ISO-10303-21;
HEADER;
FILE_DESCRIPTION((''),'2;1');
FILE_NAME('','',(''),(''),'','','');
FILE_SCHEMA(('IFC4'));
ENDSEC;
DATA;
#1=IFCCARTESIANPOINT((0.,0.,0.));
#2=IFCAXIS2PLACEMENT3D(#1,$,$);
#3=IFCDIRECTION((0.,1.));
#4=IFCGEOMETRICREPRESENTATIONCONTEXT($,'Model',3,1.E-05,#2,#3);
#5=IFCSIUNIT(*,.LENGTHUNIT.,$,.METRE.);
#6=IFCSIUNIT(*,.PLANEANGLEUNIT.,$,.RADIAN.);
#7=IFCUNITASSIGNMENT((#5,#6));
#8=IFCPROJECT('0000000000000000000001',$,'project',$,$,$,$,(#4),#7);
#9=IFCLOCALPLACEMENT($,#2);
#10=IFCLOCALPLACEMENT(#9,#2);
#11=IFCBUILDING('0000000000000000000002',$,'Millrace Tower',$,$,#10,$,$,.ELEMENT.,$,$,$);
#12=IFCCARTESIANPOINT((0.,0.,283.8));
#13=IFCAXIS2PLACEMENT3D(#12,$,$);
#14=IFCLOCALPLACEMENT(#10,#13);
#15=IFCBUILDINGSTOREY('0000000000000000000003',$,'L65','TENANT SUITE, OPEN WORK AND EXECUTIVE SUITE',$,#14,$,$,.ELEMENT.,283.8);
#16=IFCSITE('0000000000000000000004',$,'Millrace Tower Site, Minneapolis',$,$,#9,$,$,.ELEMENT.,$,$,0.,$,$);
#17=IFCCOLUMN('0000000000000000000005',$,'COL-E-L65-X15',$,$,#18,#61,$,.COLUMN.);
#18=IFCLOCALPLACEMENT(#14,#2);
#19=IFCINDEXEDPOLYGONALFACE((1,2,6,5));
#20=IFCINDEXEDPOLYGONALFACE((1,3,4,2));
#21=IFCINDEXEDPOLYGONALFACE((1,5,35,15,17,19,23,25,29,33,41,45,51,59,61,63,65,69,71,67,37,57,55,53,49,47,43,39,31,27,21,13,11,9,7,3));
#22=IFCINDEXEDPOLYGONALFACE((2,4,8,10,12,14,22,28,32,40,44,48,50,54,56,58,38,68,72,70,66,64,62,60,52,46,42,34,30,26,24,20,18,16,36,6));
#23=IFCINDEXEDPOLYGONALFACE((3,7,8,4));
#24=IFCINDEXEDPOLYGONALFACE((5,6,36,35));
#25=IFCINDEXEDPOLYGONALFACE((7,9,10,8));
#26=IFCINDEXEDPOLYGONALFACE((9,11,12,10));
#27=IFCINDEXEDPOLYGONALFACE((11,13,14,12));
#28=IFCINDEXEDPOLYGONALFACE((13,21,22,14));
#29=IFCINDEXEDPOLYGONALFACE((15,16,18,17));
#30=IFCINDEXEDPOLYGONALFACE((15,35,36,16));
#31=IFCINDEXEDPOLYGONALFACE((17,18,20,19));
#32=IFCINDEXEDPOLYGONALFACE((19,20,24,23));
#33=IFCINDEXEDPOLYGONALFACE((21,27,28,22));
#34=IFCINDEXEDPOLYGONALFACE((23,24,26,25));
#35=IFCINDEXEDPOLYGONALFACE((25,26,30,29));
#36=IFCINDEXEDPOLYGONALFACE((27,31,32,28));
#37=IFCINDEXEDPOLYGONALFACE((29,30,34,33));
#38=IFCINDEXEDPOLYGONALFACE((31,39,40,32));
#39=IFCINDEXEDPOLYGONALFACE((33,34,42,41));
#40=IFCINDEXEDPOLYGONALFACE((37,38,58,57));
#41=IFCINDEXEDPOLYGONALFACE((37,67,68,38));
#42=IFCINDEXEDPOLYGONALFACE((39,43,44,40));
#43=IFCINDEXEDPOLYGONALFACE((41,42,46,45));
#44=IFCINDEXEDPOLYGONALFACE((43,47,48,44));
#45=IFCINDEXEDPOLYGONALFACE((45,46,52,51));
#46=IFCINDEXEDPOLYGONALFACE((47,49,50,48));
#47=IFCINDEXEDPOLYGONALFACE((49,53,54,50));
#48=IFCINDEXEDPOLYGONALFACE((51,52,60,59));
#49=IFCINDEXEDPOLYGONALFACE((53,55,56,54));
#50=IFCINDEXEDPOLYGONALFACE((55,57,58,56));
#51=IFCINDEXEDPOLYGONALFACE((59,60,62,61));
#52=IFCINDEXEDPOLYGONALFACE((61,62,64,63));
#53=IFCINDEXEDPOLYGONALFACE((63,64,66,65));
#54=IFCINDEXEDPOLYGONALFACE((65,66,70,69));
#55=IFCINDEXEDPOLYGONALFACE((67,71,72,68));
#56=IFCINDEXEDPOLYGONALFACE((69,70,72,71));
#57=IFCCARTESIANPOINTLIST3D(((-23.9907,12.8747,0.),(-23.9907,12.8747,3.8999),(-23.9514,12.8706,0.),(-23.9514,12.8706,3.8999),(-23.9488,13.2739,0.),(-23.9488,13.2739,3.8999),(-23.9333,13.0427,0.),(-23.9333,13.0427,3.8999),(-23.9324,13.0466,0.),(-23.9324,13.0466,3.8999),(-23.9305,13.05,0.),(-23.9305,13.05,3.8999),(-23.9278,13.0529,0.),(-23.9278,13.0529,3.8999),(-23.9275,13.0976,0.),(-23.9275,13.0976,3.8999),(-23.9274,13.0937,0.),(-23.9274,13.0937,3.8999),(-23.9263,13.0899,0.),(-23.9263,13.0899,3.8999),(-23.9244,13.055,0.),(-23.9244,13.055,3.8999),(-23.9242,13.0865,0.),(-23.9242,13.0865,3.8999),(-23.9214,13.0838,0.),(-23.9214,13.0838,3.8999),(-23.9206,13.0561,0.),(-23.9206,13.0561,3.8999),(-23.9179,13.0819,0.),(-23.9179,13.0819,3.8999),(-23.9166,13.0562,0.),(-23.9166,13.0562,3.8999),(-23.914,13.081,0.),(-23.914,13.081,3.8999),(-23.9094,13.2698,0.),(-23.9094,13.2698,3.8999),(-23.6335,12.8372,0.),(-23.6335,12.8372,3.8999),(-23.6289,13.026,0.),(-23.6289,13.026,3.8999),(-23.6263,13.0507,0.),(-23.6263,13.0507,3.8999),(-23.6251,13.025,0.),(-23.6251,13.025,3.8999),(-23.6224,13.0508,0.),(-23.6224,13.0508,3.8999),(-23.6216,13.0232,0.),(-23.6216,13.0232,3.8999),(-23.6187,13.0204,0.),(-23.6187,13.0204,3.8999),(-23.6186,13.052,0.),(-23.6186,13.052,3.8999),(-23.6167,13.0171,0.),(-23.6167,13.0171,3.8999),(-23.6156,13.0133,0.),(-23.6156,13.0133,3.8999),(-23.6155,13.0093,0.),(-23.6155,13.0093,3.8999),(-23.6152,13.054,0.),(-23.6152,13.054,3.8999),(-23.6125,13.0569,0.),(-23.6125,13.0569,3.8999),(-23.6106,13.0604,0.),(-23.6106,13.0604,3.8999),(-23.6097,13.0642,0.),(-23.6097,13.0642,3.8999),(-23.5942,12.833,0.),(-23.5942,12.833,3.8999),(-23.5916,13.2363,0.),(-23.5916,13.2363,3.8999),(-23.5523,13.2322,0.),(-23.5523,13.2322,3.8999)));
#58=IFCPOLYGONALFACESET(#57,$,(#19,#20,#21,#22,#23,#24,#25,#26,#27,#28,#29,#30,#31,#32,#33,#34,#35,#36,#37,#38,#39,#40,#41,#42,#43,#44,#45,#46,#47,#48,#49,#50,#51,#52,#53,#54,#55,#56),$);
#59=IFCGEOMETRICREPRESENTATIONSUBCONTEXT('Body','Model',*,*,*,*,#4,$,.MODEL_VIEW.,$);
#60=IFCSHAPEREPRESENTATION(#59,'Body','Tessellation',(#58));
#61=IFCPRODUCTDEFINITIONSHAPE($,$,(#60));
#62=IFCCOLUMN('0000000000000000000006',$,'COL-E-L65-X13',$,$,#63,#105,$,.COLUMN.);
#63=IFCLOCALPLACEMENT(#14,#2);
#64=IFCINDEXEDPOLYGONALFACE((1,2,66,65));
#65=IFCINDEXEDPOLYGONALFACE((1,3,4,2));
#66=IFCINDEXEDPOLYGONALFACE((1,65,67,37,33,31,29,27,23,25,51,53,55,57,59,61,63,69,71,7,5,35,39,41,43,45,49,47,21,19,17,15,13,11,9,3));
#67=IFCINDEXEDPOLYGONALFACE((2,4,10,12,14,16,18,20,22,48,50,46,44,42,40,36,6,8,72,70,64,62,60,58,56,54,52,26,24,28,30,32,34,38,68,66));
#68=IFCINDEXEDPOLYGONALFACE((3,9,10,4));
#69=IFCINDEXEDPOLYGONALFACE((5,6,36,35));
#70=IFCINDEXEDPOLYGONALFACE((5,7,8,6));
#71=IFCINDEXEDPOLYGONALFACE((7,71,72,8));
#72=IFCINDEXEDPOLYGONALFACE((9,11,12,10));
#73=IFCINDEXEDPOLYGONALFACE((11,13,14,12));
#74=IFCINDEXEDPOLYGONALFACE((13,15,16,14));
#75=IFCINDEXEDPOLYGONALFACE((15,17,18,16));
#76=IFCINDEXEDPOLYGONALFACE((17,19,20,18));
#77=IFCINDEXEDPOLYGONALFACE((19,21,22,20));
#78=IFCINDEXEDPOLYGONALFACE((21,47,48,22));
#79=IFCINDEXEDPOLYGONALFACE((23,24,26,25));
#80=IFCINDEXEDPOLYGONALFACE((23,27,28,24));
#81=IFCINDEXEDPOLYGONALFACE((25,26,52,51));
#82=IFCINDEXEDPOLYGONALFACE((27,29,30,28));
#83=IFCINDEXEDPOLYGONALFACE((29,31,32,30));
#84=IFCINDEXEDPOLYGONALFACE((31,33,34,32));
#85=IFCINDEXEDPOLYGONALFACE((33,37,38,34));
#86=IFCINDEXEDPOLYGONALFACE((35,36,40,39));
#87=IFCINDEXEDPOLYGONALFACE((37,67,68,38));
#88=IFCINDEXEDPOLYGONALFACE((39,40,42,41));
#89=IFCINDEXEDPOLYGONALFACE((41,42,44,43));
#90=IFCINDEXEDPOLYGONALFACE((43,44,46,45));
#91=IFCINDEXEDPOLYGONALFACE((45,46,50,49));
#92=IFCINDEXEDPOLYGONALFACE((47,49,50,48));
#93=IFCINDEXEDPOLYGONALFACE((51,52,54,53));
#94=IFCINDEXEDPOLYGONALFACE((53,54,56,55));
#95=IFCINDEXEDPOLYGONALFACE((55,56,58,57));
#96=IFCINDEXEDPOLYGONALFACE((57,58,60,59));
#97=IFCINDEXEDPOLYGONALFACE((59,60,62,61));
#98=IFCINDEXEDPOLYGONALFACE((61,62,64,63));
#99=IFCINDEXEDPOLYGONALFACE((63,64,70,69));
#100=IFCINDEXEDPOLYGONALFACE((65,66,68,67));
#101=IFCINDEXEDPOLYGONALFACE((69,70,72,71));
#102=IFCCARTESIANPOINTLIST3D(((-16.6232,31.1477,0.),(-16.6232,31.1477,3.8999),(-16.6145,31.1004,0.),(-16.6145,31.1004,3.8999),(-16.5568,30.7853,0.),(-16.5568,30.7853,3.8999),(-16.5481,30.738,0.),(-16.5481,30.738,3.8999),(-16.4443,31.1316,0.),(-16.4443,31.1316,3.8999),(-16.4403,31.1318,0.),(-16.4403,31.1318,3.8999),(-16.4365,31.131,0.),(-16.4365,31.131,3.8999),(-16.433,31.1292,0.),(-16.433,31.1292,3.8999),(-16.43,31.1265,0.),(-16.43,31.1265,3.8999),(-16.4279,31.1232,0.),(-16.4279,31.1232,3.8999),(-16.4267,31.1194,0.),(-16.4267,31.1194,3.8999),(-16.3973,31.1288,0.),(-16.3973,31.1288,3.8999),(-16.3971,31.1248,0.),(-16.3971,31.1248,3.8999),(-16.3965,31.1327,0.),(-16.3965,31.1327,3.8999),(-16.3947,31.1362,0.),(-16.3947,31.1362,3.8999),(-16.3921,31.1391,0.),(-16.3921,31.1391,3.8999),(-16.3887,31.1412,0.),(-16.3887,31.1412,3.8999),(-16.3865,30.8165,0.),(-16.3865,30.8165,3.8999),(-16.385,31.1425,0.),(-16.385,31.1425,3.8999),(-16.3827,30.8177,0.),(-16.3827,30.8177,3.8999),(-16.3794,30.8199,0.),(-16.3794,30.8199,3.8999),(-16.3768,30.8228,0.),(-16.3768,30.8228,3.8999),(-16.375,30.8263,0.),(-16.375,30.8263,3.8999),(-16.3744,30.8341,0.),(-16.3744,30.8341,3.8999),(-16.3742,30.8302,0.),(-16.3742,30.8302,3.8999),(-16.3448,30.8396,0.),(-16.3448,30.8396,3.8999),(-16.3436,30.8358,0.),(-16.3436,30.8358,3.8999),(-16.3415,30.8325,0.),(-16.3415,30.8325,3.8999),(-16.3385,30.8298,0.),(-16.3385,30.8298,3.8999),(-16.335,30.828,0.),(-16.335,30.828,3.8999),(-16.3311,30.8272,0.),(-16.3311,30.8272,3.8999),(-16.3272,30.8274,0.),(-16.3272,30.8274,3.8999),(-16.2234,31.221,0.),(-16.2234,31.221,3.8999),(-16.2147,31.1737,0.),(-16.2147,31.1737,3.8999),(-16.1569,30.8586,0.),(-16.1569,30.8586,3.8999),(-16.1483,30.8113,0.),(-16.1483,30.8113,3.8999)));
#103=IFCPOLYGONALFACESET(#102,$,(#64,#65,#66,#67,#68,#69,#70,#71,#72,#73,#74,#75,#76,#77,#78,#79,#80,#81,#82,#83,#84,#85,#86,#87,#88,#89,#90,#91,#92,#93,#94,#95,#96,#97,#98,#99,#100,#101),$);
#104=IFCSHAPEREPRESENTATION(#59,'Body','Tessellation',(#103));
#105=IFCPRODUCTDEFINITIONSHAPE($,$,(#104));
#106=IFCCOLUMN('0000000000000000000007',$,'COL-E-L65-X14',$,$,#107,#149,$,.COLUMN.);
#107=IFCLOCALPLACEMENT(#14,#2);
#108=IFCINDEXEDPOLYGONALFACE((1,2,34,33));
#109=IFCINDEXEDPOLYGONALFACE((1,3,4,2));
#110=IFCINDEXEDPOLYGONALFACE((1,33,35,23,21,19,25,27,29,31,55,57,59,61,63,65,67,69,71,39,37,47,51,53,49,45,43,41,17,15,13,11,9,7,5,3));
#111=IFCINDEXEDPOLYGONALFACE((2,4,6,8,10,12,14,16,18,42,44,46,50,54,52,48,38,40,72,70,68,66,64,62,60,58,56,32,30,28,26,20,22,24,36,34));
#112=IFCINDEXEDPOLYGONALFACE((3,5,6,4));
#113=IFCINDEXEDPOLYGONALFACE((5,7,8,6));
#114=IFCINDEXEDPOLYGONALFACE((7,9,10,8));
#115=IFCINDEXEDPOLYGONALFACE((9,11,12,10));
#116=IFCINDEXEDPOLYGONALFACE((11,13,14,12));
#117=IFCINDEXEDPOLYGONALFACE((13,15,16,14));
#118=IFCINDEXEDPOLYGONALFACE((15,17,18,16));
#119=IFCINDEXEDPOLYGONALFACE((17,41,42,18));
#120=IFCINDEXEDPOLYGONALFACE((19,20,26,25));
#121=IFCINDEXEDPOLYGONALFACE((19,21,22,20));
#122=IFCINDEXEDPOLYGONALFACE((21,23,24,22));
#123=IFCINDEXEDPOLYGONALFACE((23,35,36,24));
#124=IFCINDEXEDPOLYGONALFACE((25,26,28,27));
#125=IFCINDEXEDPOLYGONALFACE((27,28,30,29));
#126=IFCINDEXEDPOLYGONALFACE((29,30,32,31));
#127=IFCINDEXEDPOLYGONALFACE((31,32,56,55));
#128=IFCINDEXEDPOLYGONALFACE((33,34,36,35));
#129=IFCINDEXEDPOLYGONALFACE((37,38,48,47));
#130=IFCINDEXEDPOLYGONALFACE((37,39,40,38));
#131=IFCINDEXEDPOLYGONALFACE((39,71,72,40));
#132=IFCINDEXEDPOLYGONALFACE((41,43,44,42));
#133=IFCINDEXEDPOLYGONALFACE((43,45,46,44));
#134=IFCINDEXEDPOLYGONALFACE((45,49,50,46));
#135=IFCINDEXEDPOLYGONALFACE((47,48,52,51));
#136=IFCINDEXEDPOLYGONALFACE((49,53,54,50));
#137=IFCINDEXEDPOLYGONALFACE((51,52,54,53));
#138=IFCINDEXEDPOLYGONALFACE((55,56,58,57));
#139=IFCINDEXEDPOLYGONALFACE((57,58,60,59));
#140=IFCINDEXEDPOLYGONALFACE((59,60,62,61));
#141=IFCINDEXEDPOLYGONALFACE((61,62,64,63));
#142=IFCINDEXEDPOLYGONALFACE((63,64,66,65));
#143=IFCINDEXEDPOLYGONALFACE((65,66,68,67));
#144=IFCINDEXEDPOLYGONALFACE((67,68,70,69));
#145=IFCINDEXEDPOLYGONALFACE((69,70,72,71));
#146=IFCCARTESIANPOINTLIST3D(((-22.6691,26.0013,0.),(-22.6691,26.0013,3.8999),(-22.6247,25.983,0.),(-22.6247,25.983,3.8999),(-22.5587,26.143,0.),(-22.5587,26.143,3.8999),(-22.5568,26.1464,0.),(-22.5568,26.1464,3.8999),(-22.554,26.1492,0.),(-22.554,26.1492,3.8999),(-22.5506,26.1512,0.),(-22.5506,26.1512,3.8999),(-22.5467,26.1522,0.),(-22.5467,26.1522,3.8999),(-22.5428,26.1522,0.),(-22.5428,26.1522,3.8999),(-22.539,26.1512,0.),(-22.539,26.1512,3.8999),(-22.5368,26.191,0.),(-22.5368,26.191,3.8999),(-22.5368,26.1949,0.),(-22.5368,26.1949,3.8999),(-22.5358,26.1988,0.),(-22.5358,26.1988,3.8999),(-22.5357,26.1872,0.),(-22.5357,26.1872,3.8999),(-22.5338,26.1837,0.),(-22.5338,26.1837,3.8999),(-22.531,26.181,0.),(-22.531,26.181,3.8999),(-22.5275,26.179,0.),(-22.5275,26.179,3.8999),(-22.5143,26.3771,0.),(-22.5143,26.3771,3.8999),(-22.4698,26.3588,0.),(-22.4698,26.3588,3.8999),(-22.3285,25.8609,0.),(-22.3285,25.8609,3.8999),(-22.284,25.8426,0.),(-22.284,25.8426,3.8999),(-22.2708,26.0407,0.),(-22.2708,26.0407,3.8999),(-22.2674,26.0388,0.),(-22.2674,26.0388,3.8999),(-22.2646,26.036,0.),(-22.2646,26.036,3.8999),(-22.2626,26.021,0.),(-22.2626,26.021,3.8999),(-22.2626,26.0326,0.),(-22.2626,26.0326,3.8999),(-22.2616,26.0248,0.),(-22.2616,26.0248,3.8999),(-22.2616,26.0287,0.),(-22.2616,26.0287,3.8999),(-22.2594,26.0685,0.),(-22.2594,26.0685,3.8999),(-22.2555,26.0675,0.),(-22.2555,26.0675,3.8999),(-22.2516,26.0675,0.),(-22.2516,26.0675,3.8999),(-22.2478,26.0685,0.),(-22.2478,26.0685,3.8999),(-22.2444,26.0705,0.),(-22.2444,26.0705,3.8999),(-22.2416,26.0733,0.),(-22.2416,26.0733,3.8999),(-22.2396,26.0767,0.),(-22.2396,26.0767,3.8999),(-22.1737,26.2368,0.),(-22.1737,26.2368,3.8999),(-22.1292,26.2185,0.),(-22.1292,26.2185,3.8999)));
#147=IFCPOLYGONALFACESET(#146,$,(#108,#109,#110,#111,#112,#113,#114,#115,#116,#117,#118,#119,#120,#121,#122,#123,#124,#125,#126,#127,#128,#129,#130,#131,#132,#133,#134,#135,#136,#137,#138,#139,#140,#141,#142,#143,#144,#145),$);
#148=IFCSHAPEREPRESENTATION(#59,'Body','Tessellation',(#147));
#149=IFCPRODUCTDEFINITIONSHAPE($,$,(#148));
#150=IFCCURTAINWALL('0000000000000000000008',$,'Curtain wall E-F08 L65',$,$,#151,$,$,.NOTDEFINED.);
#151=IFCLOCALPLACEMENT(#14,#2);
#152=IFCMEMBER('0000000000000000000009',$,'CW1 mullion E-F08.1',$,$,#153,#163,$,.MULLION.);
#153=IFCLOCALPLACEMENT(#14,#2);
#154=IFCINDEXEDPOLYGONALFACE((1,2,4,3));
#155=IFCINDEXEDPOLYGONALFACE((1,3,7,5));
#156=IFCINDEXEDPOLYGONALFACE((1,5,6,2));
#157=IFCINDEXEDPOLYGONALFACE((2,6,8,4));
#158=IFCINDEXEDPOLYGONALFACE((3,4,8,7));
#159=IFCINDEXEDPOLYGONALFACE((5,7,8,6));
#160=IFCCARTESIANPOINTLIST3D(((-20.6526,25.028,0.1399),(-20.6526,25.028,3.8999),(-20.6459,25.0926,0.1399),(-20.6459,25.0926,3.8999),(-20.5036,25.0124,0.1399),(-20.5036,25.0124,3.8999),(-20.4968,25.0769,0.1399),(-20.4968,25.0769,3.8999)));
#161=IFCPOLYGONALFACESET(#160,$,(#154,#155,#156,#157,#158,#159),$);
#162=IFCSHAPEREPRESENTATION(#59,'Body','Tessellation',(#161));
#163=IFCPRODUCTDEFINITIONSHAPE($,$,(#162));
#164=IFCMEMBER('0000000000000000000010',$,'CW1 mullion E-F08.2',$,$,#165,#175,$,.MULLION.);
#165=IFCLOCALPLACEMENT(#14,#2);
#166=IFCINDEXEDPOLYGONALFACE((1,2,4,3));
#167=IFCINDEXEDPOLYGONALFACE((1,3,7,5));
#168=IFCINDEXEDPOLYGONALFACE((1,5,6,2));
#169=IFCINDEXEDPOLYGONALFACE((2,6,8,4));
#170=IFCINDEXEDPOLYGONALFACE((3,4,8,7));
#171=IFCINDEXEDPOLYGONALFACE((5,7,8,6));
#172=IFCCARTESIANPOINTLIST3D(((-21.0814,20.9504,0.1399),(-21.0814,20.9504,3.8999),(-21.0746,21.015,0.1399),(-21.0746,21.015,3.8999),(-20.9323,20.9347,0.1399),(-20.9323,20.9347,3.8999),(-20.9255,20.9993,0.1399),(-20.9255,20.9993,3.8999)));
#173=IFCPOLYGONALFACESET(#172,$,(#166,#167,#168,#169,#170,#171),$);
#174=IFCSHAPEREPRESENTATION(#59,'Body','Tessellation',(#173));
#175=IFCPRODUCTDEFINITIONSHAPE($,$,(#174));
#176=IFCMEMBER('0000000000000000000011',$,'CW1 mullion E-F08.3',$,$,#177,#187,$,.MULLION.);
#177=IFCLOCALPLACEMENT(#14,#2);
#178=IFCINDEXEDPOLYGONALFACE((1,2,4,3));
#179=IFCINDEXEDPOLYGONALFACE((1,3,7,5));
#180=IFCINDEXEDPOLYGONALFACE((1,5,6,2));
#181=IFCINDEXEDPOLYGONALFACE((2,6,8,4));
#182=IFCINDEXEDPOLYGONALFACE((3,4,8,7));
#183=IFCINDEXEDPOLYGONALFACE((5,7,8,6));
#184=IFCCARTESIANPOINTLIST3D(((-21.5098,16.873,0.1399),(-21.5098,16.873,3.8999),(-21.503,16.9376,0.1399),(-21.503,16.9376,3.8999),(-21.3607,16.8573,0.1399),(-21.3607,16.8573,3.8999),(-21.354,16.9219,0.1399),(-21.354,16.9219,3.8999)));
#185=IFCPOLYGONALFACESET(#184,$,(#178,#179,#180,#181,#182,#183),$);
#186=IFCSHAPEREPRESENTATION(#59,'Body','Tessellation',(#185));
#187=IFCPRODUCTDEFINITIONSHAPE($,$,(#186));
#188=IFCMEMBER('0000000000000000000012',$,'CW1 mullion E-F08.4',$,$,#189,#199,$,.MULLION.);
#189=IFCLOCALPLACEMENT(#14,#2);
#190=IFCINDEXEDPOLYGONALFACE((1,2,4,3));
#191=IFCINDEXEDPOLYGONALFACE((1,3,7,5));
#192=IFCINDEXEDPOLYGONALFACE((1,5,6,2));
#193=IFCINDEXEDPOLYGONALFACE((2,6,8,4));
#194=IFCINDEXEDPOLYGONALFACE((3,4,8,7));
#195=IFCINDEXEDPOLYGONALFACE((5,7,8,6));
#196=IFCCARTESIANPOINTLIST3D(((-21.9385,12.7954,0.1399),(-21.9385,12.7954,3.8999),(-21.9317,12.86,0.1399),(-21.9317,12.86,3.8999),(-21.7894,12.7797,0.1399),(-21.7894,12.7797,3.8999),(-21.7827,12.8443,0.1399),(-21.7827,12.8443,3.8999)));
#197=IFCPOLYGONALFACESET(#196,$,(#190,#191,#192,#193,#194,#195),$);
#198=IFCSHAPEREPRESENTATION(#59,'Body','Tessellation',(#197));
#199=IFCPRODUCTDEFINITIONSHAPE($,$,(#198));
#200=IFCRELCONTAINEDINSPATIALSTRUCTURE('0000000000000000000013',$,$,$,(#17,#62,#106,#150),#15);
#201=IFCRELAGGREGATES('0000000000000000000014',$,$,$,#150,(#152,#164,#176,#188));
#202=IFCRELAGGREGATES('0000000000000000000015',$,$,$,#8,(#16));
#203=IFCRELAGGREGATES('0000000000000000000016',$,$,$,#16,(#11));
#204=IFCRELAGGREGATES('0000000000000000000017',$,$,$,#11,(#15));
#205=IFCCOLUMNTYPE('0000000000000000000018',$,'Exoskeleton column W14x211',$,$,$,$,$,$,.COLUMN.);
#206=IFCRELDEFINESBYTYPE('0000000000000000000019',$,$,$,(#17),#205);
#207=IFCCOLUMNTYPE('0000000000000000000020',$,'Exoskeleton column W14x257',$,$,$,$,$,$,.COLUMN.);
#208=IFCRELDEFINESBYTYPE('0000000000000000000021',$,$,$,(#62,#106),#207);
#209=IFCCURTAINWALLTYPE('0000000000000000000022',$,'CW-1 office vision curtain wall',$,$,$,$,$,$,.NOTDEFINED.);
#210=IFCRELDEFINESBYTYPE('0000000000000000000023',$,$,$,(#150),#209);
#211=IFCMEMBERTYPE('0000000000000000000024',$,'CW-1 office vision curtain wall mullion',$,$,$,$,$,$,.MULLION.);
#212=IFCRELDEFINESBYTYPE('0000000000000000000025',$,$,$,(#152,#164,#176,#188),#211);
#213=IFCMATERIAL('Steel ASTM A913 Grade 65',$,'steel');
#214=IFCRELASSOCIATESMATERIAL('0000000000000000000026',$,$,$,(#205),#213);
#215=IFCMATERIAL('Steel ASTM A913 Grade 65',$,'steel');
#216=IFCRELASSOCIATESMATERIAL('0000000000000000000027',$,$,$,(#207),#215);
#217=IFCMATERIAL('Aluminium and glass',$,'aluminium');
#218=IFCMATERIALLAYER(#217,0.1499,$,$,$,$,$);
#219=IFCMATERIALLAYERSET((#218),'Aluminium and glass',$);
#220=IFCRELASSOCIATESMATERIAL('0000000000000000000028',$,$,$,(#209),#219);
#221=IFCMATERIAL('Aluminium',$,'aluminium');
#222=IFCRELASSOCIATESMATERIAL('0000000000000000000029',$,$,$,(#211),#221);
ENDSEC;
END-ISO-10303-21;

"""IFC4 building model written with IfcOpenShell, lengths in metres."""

from ifc_helpers import new_model, si_unit, direction, frame, origin, origin_2d, place, context, subcontext, project, spatial, rectangle, i_section, extrude, material, layer, layer_set, material_profile, profile_set, type_object, element, aggregate, save


model = new_model("IFC4")

# Units and contexts
model_context = context("Model", 3, precision=1e-05, world=origin(), true_north=direction((0.0, 1.0)))
body_context = subcontext(model_context, "Body", "Model", "MODEL_VIEW")
ifc_project = project(units=[si_unit("LENGTHUNIT", "METRE"), si_unit("PLANEANGLEUNIT", "RADIAN")], contexts=[model_context])

# Site, building, storey
site_placement = place(None, origin())
site = spatial("IfcSite", under=ifc_project, at=site_placement, Name="Millrace Tower Site, Minneapolis", CompositionType="ELEMENT", RefElevation=0.0)
building_placement = place(site_placement, origin())
building = spatial("IfcBuilding", under=site, at=building_placement, Name="Millrace Tower", CompositionType="ELEMENT")
storey_placement = place(building_placement, frame((0.0, 0.0, 283.8)))
storey = spatial("IfcBuildingStorey", under=building, at=storey_placement, Name="L65", Description="TENANT SUITE, OPEN WORK AND EXECUTIVE SUITE", CompositionType="ELEMENT", Elevation=283.8)

# Columns
ifc_material_1 = material(Name="Steel ASTM A913 Grade 65", Category="steel")
ifc_material_profile_1 = material_profile(ifc_material_1, i_section(OverallWidth=0.4014, OverallDepth=0.3987, WebThickness=0.0249, FlangeThickness=0.0396, FilletRadius=0.0151, at=origin_2d()))
ifc_profile_set_1 = profile_set([ifc_material_profile_1], Name="Steel ASTM A913 Grade 65")
column_type_1 = type_object("IfcColumnType", Name="Exoskeleton column W14x211", PredefinedType="COLUMN", material=ifc_profile_set_1)
column_placement = place(storey_placement, frame((-23.7715, 13.0535, 0.0), z_axis=(0.0, 0.0, 1.0), x_axis=(-0.104528, -0.994522, 0.0)))
element("IfcColumn", 1, at=column_placement, inside=storey, type_object=column_type_1, Name="COL-E-L65-X15", PredefinedType="COLUMN", context=body_context, shape_type="SweptSolid", body=[
    extrude(i_section(OverallWidth=0.4014, OverallDepth=0.3987, WebThickness=0.0249, FlangeThickness=0.0396, FilletRadius=0.0151, at=origin_2d()), origin(), (0.0, 0.0, 1.0), 3.8999),
])
ifc_material_2 = material(Name="Steel ASTM A913 Grade 65", Category="steel")
ifc_material_profile_2 = material_profile(ifc_material_2, i_section(OverallWidth=0.4065, OverallDepth=0.4165, WebThickness=0.03, FlangeThickness=0.0481, FilletRadius=0.0151, at=origin_2d()))
ifc_profile_set_2 = profile_set([ifc_material_profile_2], Name="Steel ASTM A913 Grade 65")
column_type_2 = type_object("IfcColumnType", Name="Exoskeleton column W14x257", PredefinedType="COLUMN", material=ifc_profile_set_2)
for number, where, z_axis, x_axis, name in (
    (2, (-16.3857, 30.9795, 0.0), (0.0, 0.0, 1.0), (-0.983596, -0.180387, 0.0), "COL-E-L65-X13"),
    (3, (-22.3992, 26.1099, 0.0), (0.0, 0.0, 1.0), (-0.380947, -0.924597, 0.0), "COL-E-L65-X14"),
):
    element("IfcColumn", number, at=place(storey_placement, frame(where, z_axis=z_axis, x_axis=x_axis)), inside=storey, type_object=column_type_2, Name=name, PredefinedType="COLUMN", context=body_context, shape_type="SweptSolid", body=[
        extrude(i_section(OverallWidth=0.4065, OverallDepth=0.4165, WebThickness=0.03, FlangeThickness=0.0481, FilletRadius=0.0151, at=origin_2d()), origin(), (0.0, 0.0, 1.0), 3.8999),
    ])

# Curtain wall, members
ifc_material_3 = material(Name="Aluminium and glass", Category="aluminium")
ifc_layer_1 = layer(ifc_material_3, 0.1499)
ifc_layer_set_1 = layer_set([ifc_layer_1], Name="Aluminium and glass")
curtain_wall_type = type_object("IfcCurtainWallType", Name="CW-1 office vision curtain wall", PredefinedType="NOTDEFINED", material=ifc_layer_set_1)
curtain_wall_placement = place(storey_placement, origin())
curtain_wall = element("IfcCurtainWall", 4, at=curtain_wall_placement, inside=storey, type_object=curtain_wall_type, Name="Curtain wall E-F08 L65", PredefinedType="NOTDEFINED")
ifc_material_4 = material(Name="Aluminium", Category="aluminium")
ifc_material_profile_3 = material_profile(ifc_material_4, rectangle(XDim=0.0649, YDim=0.1499, at=origin_2d()))
ifc_profile_set_3 = profile_set([ifc_material_profile_3], Name="Aluminium")
member_type_1 = type_object("IfcMemberType", Name="CW-1 office vision curtain wall mullion", PredefinedType="MULLION", material=ifc_profile_set_3)
member_1_placement = place(storey_placement, frame((-20.5747, 25.0525, 0.1399), z_axis=(0.0, 0.0, 1.0), x_axis=(-0.104528, -0.994522, 0.0)))
member_1 = element("IfcMember", 5, at=member_1_placement, type_object=member_type_1, Name="CW1 mullion E-F08.1", PredefinedType="MULLION", context=body_context, shape_type="SweptSolid", body=[
    extrude(rectangle(XDim=0.0649, YDim=0.1499, at=origin_2d()), origin(), (0.0, 0.0, 1.0), 3.76),
])
member_2_placement = place(storey_placement, frame((-21.0034, 20.9749, 0.1399), z_axis=(0.0, 0.0, 1.0), x_axis=(-0.104528, -0.994522, 0.0)))
member_2 = element("IfcMember", 6, at=member_2_placement, type_object=member_type_1, Name="CW1 mullion E-F08.2", PredefinedType="MULLION", context=body_context, shape_type="SweptSolid", body=[
    extrude(rectangle(XDim=0.0649, YDim=0.1499, at=origin_2d()), origin(), (0.0, 0.0, 1.0), 3.76),
])
member_3_placement = place(storey_placement, frame((-21.4319, 16.8975, 0.1399), z_axis=(0.0, 0.0, 1.0), x_axis=(-0.104528, -0.994522, 0.0)))
member_3 = element("IfcMember", 7, at=member_3_placement, type_object=member_type_1, Name="CW1 mullion E-F08.3", PredefinedType="MULLION", context=body_context, shape_type="SweptSolid", body=[
    extrude(rectangle(XDim=0.0649, YDim=0.1499, at=origin_2d()), origin(), (0.0, 0.0, 1.0), 3.76),
])
member_4_placement = place(storey_placement, frame((-21.8606, 12.8198, 0.1399), z_axis=(0.0, 0.0, 1.0), x_axis=(-0.104528, -0.994522, 0.0)))
member_4 = element("IfcMember", 8, at=member_4_placement, type_object=member_type_1, Name="CW1 mullion E-F08.4", PredefinedType="MULLION", context=body_context, shape_type="SweptSolid", body=[
    extrude(rectangle(XDim=0.0649, YDim=0.1499, at=origin_2d()), origin(), (0.0, 0.0, 1.0), 3.76),
])
aggregate(curtain_wall, [member_1, member_2, member_3, member_4])

save(model, "model.ifc")
